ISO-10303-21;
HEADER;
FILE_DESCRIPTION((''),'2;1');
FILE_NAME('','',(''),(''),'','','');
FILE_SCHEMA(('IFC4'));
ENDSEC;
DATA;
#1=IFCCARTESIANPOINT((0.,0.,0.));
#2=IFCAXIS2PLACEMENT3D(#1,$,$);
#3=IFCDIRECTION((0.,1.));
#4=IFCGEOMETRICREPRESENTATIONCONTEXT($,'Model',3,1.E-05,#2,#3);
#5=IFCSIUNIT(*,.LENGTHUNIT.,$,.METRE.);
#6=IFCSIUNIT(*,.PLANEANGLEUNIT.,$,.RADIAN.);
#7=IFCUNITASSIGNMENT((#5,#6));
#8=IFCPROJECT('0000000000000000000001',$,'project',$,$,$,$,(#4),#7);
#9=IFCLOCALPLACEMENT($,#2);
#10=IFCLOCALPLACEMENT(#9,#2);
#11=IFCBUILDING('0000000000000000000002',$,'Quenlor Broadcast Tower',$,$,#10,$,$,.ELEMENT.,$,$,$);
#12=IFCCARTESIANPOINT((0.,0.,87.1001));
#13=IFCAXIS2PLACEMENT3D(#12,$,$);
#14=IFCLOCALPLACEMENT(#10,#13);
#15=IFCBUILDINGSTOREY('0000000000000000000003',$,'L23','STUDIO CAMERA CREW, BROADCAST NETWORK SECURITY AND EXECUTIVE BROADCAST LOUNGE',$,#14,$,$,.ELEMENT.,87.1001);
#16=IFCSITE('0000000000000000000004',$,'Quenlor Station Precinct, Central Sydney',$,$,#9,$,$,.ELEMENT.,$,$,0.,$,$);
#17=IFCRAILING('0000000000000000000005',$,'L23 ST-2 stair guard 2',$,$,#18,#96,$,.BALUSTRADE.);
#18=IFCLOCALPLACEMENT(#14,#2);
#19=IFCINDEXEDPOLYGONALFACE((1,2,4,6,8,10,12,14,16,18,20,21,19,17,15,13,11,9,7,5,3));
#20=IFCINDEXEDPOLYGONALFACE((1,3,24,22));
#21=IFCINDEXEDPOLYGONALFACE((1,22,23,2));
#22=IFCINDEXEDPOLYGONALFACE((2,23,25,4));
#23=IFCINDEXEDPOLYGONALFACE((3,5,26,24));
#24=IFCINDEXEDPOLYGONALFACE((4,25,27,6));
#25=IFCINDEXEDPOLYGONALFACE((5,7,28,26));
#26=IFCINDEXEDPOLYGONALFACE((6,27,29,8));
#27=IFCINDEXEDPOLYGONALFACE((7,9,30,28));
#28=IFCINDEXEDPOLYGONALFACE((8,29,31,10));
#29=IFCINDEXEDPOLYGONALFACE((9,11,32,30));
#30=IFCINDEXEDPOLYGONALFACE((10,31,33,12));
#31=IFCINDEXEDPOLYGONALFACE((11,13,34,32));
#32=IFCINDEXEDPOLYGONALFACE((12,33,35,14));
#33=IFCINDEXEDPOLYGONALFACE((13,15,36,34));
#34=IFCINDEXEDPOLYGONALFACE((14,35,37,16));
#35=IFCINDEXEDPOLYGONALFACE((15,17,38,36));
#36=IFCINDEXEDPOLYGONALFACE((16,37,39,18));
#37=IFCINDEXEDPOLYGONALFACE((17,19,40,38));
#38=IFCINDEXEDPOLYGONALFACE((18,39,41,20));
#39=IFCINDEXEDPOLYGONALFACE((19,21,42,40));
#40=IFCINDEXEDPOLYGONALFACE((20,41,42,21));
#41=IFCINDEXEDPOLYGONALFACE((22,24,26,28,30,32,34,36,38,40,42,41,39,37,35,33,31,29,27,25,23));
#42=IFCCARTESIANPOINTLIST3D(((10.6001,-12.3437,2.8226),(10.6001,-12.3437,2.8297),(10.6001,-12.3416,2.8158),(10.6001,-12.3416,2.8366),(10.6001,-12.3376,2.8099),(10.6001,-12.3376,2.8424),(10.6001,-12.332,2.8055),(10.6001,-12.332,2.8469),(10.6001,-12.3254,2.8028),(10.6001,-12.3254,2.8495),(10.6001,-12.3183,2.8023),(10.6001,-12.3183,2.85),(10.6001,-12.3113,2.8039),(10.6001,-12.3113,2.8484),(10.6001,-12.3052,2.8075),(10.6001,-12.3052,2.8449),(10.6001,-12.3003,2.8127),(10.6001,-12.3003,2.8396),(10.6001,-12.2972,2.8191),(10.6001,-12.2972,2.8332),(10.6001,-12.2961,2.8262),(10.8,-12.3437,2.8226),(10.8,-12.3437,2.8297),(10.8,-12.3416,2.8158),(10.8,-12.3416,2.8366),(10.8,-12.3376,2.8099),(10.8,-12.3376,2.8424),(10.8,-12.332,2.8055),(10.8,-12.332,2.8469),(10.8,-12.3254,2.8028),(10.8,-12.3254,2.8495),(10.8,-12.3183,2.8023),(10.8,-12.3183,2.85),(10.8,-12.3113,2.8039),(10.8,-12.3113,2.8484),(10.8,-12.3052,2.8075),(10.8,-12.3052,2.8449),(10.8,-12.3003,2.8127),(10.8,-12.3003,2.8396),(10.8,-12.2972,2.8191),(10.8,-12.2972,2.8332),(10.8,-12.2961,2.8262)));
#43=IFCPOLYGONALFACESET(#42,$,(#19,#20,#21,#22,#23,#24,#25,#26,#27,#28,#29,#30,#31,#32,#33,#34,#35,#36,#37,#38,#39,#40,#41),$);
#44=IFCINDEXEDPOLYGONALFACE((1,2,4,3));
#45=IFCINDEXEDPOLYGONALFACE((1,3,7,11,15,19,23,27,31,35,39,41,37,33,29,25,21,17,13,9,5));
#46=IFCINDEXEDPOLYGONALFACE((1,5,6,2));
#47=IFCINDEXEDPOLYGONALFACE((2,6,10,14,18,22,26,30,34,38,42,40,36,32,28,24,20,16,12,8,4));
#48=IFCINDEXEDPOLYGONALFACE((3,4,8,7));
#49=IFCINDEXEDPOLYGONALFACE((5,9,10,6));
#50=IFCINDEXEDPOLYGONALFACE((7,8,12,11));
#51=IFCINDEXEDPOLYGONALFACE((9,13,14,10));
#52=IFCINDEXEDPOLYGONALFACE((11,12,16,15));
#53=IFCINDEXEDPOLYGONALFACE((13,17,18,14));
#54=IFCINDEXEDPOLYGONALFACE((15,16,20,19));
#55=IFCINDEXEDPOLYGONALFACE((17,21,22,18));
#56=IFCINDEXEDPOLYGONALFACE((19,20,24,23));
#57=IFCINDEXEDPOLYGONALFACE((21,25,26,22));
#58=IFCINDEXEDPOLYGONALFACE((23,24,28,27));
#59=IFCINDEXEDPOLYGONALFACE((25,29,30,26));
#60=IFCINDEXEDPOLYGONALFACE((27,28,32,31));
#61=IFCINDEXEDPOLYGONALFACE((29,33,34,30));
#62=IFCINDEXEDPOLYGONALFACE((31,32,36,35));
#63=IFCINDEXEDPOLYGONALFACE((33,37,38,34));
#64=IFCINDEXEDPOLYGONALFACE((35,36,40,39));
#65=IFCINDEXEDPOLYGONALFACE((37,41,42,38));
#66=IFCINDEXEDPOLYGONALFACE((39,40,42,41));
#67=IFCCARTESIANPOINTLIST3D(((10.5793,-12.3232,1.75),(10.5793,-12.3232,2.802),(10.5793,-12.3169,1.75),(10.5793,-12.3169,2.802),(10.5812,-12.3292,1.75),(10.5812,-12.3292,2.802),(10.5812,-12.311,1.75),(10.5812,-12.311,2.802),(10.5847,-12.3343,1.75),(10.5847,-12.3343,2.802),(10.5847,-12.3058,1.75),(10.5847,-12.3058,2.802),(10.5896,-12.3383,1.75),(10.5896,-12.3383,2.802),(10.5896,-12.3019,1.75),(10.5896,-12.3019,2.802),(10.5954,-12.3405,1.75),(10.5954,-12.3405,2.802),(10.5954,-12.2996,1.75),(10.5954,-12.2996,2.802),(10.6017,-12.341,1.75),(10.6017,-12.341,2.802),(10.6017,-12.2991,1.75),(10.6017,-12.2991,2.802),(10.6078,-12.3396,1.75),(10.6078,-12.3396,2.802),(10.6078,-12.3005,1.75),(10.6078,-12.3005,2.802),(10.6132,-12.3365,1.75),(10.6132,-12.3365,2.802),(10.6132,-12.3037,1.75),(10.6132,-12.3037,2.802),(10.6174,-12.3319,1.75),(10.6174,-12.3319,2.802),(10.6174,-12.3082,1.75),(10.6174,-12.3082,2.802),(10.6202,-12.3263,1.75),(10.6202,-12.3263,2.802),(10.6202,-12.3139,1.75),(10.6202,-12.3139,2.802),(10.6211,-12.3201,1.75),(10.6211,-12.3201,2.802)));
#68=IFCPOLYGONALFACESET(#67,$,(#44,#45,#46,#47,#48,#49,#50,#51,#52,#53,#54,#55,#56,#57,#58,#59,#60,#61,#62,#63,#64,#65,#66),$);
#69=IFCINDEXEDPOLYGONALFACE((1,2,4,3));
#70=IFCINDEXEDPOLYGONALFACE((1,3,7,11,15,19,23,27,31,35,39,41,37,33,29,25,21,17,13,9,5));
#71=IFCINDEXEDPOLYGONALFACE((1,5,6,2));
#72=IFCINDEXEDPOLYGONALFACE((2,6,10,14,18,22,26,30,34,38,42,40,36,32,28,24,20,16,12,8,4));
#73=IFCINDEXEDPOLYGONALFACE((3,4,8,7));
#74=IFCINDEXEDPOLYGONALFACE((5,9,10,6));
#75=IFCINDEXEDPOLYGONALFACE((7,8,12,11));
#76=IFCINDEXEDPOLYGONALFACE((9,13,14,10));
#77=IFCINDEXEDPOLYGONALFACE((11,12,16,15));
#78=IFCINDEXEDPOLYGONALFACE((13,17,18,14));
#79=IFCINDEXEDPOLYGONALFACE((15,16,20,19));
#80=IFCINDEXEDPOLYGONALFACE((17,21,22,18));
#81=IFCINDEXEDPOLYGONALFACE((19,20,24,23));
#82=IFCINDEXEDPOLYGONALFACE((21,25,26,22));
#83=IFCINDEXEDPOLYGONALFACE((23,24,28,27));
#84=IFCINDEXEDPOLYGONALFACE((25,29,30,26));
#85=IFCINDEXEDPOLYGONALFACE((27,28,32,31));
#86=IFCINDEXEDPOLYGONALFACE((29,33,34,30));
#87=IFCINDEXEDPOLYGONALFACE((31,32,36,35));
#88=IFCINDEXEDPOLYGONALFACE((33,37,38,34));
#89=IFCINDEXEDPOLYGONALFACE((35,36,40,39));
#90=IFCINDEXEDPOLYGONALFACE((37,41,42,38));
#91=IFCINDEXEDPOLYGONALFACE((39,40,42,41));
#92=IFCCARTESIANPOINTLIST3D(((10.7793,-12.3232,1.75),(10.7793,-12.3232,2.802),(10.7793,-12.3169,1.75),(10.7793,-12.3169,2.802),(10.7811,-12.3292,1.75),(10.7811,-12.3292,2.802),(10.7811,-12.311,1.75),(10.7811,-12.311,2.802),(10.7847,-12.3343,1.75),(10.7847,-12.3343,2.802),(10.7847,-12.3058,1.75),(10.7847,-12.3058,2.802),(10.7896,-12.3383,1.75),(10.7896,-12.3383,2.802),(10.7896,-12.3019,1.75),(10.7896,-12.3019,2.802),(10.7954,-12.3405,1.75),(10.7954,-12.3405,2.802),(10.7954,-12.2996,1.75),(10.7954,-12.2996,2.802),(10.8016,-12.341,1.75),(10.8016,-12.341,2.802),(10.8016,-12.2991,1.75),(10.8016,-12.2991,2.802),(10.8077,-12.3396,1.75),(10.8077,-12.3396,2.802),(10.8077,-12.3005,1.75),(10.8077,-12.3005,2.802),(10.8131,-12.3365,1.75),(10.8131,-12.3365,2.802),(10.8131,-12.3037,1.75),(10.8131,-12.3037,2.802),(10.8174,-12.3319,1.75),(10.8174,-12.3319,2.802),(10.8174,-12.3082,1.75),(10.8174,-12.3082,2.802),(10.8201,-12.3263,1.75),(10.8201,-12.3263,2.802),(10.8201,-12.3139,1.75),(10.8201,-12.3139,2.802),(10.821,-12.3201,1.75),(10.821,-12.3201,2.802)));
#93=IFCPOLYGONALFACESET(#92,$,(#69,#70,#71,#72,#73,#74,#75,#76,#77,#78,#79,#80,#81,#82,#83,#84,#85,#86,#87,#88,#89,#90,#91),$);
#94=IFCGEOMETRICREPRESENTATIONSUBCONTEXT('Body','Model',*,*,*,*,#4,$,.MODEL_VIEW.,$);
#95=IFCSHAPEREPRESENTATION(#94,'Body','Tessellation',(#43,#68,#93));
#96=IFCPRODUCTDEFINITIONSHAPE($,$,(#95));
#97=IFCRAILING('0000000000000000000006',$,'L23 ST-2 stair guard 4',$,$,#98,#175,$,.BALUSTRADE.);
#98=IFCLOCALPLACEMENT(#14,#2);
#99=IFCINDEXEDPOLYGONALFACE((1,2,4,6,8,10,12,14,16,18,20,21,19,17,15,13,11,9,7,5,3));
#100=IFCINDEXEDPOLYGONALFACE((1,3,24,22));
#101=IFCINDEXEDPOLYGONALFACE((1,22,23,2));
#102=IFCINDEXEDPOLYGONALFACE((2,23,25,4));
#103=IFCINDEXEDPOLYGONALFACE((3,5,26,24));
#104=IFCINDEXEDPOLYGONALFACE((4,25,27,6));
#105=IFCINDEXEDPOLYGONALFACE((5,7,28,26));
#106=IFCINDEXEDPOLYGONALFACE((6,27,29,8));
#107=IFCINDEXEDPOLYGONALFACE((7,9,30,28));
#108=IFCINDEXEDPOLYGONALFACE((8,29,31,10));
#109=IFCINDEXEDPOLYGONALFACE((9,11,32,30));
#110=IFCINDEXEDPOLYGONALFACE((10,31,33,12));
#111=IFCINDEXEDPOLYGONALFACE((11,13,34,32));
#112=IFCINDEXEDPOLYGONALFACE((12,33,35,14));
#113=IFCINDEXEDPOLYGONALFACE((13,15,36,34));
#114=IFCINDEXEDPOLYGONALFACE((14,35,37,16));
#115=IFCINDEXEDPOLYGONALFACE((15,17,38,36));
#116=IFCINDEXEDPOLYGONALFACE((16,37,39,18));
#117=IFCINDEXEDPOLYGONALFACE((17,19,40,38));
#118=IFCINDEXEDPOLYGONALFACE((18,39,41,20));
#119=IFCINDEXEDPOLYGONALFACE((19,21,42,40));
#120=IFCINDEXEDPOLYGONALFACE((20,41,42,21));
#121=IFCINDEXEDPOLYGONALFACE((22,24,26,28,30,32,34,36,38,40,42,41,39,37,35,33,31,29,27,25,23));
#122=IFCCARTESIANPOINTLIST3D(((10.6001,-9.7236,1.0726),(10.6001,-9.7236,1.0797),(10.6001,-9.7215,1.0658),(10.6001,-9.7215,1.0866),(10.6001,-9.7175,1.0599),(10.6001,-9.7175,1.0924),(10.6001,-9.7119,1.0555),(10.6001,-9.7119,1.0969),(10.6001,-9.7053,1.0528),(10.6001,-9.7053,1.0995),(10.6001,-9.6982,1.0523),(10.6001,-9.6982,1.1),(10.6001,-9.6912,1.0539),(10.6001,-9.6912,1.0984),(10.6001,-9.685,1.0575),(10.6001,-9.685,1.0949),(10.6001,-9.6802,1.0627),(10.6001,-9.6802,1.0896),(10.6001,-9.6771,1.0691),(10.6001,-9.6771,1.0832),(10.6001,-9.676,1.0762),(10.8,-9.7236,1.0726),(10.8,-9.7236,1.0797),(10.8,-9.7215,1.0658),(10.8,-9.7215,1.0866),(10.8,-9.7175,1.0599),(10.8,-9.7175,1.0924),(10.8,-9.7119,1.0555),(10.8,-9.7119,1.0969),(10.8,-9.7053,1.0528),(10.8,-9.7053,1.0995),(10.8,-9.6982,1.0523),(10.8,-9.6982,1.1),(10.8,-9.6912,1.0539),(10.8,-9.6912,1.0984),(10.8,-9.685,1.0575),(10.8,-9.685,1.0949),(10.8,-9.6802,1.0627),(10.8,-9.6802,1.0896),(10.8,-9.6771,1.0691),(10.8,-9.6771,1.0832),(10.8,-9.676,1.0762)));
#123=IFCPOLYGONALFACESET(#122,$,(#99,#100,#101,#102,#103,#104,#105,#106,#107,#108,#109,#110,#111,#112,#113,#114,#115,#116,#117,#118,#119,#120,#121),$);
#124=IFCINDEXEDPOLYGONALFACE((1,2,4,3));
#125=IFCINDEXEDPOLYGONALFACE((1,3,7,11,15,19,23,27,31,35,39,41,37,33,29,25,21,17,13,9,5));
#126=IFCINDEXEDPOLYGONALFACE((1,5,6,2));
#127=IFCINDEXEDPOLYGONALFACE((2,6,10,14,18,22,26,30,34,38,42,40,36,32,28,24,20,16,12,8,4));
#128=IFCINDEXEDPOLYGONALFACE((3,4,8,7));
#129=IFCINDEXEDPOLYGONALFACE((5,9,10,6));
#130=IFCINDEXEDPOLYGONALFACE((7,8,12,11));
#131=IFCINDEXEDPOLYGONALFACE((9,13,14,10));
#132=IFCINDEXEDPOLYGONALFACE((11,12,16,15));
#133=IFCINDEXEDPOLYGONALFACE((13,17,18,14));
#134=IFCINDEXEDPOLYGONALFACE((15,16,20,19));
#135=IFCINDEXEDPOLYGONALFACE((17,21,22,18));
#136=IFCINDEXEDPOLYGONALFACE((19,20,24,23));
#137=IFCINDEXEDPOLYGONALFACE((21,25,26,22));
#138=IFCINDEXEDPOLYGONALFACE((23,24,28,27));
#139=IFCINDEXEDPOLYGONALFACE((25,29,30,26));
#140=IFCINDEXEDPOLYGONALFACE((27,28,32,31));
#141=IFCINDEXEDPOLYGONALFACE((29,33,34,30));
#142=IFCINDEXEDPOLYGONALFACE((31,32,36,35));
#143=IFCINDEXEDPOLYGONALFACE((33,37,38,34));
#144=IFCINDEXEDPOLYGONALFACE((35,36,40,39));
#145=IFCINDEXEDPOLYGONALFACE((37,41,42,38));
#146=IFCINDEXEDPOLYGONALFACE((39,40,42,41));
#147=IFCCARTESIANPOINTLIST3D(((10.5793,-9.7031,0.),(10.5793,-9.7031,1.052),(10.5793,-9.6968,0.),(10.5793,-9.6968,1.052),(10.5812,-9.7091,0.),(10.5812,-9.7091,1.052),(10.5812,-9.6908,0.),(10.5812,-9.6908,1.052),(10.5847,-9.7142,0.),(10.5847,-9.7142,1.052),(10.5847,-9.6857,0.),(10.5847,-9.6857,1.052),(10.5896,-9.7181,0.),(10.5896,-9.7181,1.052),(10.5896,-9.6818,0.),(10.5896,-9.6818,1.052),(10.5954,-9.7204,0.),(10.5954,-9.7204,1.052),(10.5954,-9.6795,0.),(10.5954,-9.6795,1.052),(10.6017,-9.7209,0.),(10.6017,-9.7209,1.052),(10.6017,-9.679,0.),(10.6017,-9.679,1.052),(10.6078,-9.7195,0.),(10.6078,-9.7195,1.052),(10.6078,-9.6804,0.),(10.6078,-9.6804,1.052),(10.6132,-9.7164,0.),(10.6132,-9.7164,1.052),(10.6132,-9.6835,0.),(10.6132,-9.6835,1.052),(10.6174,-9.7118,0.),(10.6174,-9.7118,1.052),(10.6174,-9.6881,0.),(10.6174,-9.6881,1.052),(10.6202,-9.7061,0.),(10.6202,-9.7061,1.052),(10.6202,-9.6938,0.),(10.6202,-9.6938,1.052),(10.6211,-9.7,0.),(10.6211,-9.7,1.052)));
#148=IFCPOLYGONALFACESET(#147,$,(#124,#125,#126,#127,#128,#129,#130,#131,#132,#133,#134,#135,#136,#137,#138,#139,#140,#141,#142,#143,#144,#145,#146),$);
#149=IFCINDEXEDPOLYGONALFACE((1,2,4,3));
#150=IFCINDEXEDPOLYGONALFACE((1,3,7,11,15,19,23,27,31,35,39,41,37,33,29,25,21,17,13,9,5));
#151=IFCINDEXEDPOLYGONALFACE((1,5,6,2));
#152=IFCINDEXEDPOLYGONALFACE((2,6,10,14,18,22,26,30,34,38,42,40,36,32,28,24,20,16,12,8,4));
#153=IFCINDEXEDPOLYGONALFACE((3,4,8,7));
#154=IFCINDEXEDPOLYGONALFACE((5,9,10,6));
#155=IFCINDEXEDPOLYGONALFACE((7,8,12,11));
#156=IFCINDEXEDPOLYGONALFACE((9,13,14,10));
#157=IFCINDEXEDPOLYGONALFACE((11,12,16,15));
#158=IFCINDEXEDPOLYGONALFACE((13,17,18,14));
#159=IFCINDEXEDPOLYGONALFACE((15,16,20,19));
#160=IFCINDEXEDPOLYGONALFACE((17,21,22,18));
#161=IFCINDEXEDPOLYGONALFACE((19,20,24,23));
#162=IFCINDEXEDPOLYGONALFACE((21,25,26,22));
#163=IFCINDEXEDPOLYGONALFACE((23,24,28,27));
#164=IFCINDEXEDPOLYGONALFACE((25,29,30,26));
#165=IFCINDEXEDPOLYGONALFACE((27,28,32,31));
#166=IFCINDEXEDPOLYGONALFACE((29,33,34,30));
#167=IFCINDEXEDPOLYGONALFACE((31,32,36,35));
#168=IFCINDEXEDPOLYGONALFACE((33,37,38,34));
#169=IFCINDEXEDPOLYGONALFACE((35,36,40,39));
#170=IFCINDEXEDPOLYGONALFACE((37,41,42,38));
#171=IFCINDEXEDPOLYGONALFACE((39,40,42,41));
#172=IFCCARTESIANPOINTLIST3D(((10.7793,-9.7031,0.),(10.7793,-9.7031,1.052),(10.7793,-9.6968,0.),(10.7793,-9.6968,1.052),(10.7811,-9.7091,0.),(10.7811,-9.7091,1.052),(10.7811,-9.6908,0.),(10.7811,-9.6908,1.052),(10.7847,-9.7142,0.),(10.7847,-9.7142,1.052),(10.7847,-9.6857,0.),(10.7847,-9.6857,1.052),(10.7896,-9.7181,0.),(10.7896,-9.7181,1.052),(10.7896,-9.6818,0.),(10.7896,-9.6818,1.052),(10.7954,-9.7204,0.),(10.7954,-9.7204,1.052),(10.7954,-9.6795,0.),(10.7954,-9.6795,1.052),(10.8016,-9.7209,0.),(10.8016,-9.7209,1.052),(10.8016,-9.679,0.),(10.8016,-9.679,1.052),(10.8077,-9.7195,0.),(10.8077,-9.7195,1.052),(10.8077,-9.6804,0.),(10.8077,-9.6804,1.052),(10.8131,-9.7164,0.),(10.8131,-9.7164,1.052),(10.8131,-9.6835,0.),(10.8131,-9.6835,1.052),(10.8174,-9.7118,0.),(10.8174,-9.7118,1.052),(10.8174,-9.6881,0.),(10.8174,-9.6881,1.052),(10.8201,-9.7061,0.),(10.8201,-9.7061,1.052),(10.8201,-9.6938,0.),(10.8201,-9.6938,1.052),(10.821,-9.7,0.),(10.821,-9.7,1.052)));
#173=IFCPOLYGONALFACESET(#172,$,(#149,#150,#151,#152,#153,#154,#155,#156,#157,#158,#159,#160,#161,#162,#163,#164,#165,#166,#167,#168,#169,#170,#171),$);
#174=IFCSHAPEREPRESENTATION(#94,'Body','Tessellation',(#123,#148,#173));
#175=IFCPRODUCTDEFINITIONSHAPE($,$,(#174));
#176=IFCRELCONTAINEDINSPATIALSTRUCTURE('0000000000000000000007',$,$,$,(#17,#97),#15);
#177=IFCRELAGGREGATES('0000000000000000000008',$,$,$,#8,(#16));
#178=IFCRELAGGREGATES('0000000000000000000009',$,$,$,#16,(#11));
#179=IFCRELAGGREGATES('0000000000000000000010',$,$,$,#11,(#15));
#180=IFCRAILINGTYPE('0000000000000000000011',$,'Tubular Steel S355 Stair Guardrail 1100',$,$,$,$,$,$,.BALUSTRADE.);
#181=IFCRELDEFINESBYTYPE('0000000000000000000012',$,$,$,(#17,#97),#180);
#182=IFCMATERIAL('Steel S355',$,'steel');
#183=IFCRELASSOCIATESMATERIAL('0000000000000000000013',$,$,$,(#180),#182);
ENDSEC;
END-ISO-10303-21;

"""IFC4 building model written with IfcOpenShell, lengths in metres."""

from ifc_helpers import new_model, si_unit, direction, frame, origin, origin_2d, place, context, subcontext, project, spatial, circle, extrude, material, type_object, element, save


model = new_model("IFC4")

# Units and contexts
model_context = context("Model", 3, precision=1e-05, world=origin(), true_north=direction((0.0, 1.0)))
body_context = subcontext(model_context, "Body", "Model", "MODEL_VIEW")
ifc_project = project(units=[si_unit("LENGTHUNIT", "METRE"), si_unit("PLANEANGLEUNIT", "RADIAN")], contexts=[model_context])

# Site, building, storey
site_placement = place(None, origin())
site = spatial("IfcSite", under=ifc_project, at=site_placement, Name="Quenlor Station Precinct, Central Sydney", CompositionType="ELEMENT", RefElevation=0.0)
building_placement = place(site_placement, origin())
building = spatial("IfcBuilding", under=site, at=building_placement, Name="Quenlor Broadcast Tower", CompositionType="ELEMENT")
storey_placement = place(building_placement, frame((0.0, 0.0, 87.1001)))
storey = spatial("IfcBuildingStorey", under=building, at=storey_placement, Name="L23", Description="STUDIO CAMERA CREW, BROADCAST NETWORK SECURITY AND EXECUTIVE BROADCAST LOUNGE", CompositionType="ELEMENT", Elevation=87.1001)

# Railings
ifc_material_1 = material(Name="Steel S355", Category="steel")
railing_type_1 = type_object("IfcRailingType", Name="Tubular Steel S355 Stair Guardrail 1100", PredefinedType="BALUSTRADE", material=ifc_material_1)
for number, where, name in (
    (1, (10.6001, -12.3201, 1.75), "L23 ST-2 stair guard 2"),
    (2, (10.6001, -9.7, 0.0), "L23 ST-2 stair guard 4"),
):
    element("IfcRailing", number, at=place(storey_placement, frame(where)), inside=storey, type_object=railing_type_1, Name=name, PredefinedType="BALUSTRADE", context=body_context, shape_type="SweptSolid", body=[
        extrude(circle(Radius=0.0239, at=origin_2d()), frame((0.0, 0.0, 1.0762), z_axis=(1.0, 0.0, 0.0), x_axis=(0.0, 1.0, 0.0)), (0.0, 0.0, 1.0), 0.2),
        extrude(circle(Radius=0.021, at=origin_2d()), origin(), (0.0, 0.0, 1.0), 1.052),
        extrude(circle(Radius=0.021, at=origin_2d()), frame((0.2, 0.0, 0.0)), (0.0, 0.0, 1.0), 1.052),
    ])

save(model, "model.ifc")
